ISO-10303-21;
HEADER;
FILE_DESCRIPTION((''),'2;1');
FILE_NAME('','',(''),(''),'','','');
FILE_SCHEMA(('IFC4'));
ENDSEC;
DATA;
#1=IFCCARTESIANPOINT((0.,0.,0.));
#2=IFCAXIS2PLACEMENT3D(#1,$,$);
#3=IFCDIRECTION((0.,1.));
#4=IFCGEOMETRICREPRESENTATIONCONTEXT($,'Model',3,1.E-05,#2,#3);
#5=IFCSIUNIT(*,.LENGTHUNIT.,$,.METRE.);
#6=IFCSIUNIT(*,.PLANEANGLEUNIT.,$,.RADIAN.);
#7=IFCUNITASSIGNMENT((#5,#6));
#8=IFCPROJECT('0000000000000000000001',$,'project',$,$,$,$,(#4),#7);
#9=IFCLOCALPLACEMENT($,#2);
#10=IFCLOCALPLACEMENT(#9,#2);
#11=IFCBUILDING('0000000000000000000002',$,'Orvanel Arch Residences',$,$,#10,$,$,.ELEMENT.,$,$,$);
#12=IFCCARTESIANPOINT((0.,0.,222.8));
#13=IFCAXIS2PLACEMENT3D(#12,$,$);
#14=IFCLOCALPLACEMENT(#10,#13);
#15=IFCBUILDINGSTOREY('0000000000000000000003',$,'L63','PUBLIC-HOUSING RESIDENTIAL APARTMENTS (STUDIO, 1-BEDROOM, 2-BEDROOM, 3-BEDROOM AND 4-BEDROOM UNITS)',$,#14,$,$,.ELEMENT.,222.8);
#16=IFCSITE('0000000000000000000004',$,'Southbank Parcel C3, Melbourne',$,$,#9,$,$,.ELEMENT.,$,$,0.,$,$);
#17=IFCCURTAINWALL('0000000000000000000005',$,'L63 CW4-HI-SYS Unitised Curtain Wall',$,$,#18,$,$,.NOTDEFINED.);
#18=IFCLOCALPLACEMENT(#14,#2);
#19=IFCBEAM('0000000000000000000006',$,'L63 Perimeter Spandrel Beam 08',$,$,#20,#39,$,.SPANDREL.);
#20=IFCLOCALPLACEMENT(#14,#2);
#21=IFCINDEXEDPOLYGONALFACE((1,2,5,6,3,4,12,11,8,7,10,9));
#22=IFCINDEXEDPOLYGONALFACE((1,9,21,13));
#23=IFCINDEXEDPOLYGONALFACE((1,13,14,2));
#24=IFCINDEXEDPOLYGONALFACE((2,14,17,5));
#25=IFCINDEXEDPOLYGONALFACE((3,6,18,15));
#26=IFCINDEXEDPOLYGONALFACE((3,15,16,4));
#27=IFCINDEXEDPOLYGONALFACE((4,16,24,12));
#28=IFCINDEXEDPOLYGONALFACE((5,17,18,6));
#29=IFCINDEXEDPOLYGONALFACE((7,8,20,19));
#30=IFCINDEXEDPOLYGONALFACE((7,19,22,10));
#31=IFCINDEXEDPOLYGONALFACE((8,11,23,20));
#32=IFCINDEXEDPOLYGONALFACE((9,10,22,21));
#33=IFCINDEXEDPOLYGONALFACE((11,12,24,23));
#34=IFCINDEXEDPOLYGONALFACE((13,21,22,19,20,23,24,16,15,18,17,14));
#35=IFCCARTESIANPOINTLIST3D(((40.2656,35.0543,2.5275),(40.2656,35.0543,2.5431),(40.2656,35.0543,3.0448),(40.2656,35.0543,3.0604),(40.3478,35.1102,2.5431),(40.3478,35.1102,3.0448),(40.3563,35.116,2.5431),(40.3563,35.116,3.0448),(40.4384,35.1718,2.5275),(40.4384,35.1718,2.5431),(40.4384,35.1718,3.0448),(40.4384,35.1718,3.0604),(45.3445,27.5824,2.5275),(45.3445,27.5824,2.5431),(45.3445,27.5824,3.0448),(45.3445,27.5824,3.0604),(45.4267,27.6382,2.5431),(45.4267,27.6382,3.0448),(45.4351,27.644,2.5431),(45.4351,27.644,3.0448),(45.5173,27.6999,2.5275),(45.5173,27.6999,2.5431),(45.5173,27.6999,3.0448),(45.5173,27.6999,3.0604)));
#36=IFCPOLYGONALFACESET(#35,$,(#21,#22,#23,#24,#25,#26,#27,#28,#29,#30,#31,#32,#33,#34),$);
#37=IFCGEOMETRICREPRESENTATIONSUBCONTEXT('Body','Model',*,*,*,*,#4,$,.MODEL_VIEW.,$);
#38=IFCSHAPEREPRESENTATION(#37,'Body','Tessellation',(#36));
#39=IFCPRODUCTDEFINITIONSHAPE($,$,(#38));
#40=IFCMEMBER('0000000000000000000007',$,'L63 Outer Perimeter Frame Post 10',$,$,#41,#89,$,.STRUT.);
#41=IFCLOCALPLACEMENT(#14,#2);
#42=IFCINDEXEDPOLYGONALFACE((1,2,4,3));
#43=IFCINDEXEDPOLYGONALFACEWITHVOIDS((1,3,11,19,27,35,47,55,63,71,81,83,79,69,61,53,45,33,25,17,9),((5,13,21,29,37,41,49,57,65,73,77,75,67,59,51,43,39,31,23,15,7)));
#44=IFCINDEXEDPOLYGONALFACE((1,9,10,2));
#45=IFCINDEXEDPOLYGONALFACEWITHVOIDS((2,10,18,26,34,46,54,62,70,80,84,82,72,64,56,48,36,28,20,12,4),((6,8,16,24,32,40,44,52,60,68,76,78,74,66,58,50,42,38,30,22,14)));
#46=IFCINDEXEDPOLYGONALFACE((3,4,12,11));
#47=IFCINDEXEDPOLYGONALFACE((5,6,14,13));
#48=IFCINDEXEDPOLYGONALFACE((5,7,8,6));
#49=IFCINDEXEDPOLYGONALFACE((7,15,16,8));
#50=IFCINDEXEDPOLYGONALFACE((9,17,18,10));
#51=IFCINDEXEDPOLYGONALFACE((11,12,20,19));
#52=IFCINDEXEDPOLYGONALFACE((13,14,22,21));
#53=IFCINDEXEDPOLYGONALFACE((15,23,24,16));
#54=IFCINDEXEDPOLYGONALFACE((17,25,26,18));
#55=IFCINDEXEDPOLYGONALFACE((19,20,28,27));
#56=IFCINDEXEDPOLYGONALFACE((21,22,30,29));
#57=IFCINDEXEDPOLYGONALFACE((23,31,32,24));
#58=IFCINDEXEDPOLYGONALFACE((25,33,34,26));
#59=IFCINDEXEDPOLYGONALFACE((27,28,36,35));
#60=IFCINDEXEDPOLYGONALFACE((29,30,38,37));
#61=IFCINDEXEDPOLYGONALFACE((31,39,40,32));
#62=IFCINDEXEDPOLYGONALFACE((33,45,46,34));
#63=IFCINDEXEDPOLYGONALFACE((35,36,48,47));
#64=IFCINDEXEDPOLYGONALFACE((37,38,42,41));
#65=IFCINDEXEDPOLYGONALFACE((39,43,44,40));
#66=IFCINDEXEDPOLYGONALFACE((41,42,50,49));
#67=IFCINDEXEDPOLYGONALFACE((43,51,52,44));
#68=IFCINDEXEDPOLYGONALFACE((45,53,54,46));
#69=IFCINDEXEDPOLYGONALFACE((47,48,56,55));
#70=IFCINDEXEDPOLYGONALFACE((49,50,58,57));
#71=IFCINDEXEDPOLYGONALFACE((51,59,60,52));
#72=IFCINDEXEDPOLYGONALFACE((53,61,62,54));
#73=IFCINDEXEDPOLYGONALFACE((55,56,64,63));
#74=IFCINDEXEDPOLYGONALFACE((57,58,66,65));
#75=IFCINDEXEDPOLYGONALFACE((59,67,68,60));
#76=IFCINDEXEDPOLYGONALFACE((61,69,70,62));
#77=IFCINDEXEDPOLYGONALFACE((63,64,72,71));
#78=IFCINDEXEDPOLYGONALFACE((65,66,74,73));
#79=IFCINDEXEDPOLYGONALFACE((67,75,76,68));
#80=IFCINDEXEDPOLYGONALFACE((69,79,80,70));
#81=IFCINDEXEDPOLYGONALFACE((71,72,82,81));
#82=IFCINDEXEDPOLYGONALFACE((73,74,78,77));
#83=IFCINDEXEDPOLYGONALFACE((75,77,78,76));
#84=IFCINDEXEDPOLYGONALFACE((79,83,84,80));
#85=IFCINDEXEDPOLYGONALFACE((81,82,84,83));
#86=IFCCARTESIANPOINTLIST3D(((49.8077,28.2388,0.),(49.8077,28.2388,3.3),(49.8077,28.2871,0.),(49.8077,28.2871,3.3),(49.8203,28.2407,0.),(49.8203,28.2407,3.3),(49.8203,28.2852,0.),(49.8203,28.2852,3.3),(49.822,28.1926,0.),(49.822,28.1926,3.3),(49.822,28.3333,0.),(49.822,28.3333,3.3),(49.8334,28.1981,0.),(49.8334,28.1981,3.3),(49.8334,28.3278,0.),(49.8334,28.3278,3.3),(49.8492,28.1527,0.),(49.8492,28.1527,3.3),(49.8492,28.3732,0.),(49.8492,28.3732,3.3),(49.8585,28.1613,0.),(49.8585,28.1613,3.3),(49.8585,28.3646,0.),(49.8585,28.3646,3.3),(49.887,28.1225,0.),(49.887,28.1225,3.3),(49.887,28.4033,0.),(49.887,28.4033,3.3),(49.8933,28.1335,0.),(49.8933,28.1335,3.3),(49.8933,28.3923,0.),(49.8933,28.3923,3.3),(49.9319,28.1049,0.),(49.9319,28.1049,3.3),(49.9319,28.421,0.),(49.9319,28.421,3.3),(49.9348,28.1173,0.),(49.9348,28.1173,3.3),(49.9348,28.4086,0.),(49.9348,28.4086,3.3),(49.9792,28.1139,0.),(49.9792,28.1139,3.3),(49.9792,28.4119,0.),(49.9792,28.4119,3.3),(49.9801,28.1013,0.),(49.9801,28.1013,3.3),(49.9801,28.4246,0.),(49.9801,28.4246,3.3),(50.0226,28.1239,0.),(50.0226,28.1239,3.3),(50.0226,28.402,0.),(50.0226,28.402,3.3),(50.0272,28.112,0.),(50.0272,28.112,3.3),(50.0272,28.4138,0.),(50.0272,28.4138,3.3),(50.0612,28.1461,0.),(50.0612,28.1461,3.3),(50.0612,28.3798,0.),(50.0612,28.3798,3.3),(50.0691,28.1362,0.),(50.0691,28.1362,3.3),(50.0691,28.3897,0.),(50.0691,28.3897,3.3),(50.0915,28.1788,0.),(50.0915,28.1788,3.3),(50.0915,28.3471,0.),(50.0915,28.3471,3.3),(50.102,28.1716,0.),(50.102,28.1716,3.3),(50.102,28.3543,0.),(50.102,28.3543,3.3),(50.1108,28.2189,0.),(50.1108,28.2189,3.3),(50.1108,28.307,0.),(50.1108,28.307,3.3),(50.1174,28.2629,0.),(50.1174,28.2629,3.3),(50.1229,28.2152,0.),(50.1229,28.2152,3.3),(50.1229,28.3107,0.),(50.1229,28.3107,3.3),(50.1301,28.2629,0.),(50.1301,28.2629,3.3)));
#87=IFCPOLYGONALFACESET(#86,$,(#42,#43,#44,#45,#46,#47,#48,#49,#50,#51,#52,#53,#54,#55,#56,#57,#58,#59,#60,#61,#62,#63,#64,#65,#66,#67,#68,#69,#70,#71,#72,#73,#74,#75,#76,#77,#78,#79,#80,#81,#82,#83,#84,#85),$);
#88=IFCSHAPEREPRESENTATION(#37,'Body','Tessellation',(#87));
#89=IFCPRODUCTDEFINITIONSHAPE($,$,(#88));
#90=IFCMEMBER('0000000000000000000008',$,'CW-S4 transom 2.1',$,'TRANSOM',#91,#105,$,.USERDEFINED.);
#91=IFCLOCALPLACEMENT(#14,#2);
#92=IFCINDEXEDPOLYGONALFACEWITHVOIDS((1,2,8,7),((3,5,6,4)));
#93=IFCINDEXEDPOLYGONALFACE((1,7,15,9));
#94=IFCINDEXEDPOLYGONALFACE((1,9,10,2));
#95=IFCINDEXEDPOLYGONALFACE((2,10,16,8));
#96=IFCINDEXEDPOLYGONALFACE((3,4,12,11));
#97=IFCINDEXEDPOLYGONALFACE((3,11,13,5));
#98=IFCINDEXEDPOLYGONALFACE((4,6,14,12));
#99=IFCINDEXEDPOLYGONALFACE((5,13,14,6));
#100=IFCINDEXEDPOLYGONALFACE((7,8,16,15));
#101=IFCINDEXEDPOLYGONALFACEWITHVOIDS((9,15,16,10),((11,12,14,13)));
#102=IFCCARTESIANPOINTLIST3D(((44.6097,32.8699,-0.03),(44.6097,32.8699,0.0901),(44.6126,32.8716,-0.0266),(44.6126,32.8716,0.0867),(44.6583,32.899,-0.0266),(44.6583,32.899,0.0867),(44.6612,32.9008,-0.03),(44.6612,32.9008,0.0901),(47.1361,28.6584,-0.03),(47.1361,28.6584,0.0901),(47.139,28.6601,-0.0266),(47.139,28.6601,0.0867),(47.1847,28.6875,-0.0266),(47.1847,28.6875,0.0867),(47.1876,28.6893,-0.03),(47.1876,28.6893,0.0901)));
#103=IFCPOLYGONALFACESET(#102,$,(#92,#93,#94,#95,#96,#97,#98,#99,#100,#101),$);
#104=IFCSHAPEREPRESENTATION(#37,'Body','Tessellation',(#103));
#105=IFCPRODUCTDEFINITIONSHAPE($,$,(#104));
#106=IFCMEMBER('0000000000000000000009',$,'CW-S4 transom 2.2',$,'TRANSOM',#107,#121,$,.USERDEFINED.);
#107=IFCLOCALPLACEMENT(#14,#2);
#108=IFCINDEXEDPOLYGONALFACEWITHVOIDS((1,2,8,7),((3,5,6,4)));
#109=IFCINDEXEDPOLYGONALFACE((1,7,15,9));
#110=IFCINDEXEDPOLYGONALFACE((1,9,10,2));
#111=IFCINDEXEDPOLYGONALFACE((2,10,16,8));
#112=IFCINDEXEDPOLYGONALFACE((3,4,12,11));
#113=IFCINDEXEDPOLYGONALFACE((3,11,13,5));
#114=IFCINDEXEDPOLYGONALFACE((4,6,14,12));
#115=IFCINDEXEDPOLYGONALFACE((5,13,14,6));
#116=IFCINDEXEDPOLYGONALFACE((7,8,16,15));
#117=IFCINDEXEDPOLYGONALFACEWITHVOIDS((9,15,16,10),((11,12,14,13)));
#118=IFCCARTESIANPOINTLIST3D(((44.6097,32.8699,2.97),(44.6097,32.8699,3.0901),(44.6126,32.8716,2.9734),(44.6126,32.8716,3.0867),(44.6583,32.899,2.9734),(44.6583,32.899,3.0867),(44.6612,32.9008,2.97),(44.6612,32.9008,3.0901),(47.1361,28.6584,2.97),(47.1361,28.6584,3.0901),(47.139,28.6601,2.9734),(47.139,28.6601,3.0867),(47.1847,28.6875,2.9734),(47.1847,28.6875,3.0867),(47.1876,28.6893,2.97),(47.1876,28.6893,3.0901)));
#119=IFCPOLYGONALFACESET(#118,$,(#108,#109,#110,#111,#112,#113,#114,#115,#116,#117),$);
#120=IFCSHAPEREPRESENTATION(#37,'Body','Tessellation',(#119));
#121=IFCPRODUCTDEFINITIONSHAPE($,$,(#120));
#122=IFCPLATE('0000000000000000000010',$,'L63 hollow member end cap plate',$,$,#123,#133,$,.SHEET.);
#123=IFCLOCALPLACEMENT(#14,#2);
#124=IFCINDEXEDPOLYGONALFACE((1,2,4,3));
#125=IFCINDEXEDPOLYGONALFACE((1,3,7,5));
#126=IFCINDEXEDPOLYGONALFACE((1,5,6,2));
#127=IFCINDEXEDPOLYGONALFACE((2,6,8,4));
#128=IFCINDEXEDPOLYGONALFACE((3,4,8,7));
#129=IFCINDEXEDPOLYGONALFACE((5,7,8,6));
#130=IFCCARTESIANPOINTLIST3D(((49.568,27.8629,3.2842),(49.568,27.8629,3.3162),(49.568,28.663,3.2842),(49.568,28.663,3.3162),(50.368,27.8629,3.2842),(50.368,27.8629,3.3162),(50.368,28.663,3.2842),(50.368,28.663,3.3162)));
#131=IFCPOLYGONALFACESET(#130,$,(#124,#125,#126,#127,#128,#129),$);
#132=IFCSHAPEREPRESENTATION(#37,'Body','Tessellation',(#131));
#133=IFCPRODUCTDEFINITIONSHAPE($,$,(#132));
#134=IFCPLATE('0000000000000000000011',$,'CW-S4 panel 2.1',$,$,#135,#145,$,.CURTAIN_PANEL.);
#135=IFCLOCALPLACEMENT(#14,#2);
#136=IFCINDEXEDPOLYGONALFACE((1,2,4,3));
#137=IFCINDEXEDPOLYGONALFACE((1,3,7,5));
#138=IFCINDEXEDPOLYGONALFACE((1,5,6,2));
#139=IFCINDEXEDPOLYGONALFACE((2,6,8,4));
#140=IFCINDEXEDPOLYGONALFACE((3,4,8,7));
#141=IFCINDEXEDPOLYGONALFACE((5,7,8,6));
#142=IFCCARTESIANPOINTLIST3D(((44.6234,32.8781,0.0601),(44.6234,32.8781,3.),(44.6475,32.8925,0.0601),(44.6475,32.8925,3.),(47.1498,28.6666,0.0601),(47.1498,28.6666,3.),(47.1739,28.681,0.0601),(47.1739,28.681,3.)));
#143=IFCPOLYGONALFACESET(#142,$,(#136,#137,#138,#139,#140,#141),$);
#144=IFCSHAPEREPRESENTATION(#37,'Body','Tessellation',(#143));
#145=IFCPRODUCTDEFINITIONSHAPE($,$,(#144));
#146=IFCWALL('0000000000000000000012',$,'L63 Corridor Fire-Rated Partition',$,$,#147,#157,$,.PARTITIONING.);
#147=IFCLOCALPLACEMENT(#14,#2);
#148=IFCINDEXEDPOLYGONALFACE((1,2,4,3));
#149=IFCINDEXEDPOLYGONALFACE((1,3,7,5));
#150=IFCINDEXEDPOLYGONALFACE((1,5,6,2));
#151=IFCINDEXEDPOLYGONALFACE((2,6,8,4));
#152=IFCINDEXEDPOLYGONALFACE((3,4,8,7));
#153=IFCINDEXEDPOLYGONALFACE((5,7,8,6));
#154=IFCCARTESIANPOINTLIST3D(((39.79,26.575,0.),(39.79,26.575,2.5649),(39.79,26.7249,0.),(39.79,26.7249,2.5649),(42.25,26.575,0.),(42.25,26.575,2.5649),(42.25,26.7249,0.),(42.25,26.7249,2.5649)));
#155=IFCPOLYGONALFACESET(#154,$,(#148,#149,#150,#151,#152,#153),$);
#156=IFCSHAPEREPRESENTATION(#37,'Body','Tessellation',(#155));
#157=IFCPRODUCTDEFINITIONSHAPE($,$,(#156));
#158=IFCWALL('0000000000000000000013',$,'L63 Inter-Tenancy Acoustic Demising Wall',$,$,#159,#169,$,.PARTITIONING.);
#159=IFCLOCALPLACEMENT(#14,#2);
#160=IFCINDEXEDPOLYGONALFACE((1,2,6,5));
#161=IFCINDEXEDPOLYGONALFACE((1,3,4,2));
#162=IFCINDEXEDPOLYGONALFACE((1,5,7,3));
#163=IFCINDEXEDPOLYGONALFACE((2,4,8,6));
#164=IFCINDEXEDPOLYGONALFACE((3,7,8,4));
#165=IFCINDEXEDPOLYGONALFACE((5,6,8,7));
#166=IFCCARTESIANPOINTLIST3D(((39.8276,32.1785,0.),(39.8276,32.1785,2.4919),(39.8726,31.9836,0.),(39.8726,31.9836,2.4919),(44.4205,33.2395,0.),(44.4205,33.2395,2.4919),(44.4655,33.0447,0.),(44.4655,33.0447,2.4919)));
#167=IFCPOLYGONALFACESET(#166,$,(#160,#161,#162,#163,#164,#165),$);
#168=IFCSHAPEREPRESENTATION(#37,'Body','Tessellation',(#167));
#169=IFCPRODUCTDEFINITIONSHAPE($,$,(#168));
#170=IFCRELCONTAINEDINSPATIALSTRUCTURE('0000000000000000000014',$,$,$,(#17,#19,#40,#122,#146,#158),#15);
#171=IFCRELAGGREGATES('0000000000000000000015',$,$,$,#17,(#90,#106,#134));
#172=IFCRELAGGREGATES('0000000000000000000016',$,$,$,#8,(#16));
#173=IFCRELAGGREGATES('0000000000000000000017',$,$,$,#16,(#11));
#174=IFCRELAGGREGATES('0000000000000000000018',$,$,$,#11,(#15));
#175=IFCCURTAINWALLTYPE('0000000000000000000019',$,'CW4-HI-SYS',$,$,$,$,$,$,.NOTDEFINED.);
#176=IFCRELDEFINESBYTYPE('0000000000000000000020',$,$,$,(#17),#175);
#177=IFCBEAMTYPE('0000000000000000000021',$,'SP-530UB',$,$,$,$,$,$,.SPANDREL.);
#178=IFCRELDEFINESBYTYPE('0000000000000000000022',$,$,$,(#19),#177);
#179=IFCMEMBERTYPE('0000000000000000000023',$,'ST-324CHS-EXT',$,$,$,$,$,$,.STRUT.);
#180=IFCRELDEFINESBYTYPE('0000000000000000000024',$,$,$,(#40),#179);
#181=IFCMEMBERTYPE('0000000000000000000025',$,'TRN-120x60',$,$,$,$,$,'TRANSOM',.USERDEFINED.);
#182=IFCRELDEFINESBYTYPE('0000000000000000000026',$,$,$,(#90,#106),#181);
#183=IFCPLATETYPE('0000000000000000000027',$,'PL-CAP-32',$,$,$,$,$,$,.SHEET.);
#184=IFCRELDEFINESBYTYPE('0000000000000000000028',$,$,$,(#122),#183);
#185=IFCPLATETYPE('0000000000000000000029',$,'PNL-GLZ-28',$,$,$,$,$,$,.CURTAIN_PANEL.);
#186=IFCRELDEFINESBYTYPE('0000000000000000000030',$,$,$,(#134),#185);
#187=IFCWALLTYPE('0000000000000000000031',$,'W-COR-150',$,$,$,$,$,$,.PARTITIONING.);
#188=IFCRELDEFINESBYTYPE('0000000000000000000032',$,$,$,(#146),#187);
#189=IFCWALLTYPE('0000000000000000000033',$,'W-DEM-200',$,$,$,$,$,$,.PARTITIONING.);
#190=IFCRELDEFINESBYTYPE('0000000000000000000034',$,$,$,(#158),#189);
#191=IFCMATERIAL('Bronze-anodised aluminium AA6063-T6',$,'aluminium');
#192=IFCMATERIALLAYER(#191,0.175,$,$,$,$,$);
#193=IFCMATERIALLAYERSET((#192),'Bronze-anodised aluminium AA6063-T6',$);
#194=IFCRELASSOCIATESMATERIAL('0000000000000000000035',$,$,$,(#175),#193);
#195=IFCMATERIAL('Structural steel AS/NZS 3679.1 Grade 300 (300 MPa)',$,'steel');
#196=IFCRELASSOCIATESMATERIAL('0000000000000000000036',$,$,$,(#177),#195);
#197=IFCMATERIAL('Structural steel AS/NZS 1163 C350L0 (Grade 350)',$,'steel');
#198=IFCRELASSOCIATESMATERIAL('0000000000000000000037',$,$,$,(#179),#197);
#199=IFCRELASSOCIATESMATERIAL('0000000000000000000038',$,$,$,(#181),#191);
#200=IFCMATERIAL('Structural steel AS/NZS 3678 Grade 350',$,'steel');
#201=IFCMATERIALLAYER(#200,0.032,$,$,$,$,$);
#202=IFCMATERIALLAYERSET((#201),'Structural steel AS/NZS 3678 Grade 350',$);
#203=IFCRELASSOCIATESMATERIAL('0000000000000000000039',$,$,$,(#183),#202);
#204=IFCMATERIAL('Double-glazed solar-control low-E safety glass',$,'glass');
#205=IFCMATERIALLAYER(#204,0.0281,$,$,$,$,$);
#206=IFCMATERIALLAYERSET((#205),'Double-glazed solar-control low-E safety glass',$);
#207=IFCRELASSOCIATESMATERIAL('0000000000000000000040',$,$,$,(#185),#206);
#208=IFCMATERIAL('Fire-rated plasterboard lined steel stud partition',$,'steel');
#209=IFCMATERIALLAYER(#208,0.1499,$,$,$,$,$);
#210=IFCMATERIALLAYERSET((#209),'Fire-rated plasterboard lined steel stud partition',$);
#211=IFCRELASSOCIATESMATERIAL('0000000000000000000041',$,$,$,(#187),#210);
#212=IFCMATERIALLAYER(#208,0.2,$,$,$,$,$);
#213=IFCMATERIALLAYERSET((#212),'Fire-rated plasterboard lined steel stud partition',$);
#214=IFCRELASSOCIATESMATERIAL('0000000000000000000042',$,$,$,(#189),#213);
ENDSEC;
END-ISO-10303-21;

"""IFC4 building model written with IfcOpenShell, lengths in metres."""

from ifc_helpers import new_model, si_unit, direction, frame, frame_2d, origin, origin_2d, place, context, subcontext, project, spatial, rectangle, hollow_rectangle, hollow_circle, i_section, extrude, material, layer, layer_set, material_profile, profile_set, type_object, element, aggregate, save


model = new_model("IFC4")

# Units and contexts
model_context = context("Model", 3, precision=1e-05, world=origin(), true_north=direction((0.0, 1.0)))
body_context = subcontext(model_context, "Body", "Model", "MODEL_VIEW")
ifc_project = project(units=[si_unit("LENGTHUNIT", "METRE"), si_unit("PLANEANGLEUNIT", "RADIAN")], contexts=[model_context])

# Site, building, storey
site_placement = place(None, origin())
site = spatial("IfcSite", under=ifc_project, at=site_placement, Name="Southbank Parcel C3, Melbourne", CompositionType="ELEMENT", RefElevation=0.0)
building_placement = place(site_placement, origin())
building = spatial("IfcBuilding", under=site, at=building_placement, Name="Orvanel Arch Residences", CompositionType="ELEMENT")
storey_placement = place(building_placement, frame((0.0, 0.0, 222.8)))
storey = spatial("IfcBuildingStorey", under=building, at=storey_placement, Name="L63", Description="PUBLIC-HOUSING RESIDENTIAL APARTMENTS (STUDIO, 1-BEDROOM, 2-BEDROOM, 3-BEDROOM AND 4-BEDROOM UNITS)", CompositionType="ELEMENT", Elevation=222.8)

# Shared definitions
ifc_material_1 = material(Name="Structural steel AS/NZS 1163 C350L0 (Grade 350)", Category="steel")

# Shared definitions
ifc_material_2 = material(Name="Structural steel AS/NZS 3679.1 Grade 300 (300 MPa)", Category="steel")

# Curtain wall
ifc_material_3 = material(Name="Bronze-anodised aluminium AA6063-T6", Category="aluminium")
ifc_layer_1 = layer(ifc_material_3, 0.175)
ifc_layer_set_1 = layer_set([ifc_layer_1], Name="Bronze-anodised aluminium AA6063-T6")
curtain_wall_type = type_object("IfcCurtainWallType", Name="CW4-HI-SYS", PredefinedType="NOTDEFINED", material=ifc_layer_set_1)
curtain_wall_1_placement = place(storey_placement, origin())
curtain_wall_1 = element("IfcCurtainWall", 1, at=curtain_wall_1_placement, inside=storey, type_object=curtain_wall_type, Name="L63 CW4-HI-SYS Unitised Curtain Wall", PredefinedType="NOTDEFINED")

# Beam
ifc_material_profile_1 = material_profile(ifc_material_2, i_section(OverallWidth=0.209, OverallDepth=0.533, WebThickness=0.0103, FlangeThickness=0.0156, at=origin_2d()), Name="530UB92.4")
ifc_profile_set_1 = profile_set([ifc_material_profile_1], Name="Structural steel AS/NZS 3679.1 Grade 300 (300 MPa)")
beam_type_1 = type_object("IfcBeamType", Name="SP-530UB", PredefinedType="SPANDREL", material=ifc_profile_set_1)
beam_1_placement = place(storey_placement, frame((45.4309, 27.6411, 2.7939), z_axis=(-0.562155, 0.827032, 0.0), x_axis=(-0.827032, -0.562155, 0.0)))
element("IfcBeam", 2, at=beam_1_placement, inside=storey, type_object=beam_type_1, Name="L63 Perimeter Spandrel Beam 08", PredefinedType="SPANDREL", context=body_context, shape_type="SweptSolid", body=[
    extrude(i_section(OverallWidth=0.209, OverallDepth=0.533, WebThickness=0.0103, FlangeThickness=0.0156, at=origin_2d()), origin(), (0.0, 0.0, 1.0), 9.0347),
])

# Members
ifc_material_profile_2 = material_profile(ifc_material_1, hollow_circle(Radius=0.1621, WallThickness=0.0127, at=origin_2d()), Name="CHS324x12.7")
ifc_profile_set_2 = profile_set([ifc_material_profile_2], Name="Structural steel AS/NZS 1163 C350L0 (Grade 350)")
member_type_1 = type_object("IfcMemberType", Name="ST-324CHS-EXT", PredefinedType="STRUT", material=ifc_profile_set_2)
member_1_placement = place(storey_placement, frame((49.968, 28.2629, 0.0), z_axis=(0.0, 0.0, 1.0), x_axis=(1.0, 0.0, 0.0)))
element("IfcMember", 3, at=member_1_placement, inside=storey, type_object=member_type_1, Name="L63 Outer Perimeter Frame Post 10", PredefinedType="STRUT", context=body_context, shape_type="SweptSolid", body=[
    extrude(hollow_circle(Radius=0.1621, WallThickness=0.0127, at=origin_2d()), origin(), (0.0, 0.0, 1.0), 3.3),
])
ifc_material_profile_3 = material_profile(ifc_material_3, hollow_rectangle(XDim=0.0601, YDim=0.1201, WallThickness=0.0034, at=origin_2d()), Name="ALU120x60x3.5")
ifc_profile_set_3 = profile_set([ifc_material_profile_3], Name="Bronze-anodised aluminium AA6063-T6")
member_type_2 = type_object("IfcMemberType", Name="TRN-120x60", ElementType="TRANSOM", PredefinedType="USERDEFINED", material=ifc_profile_set_3)
member_2_placement = place(storey_placement, frame((47.1619, 28.6738, 0.03), z_axis=(-0.514423, 0.857537, 0.0), x_axis=(-0.857537, -0.514423, 0.0)))
member_2 = element("IfcMember", 4, at=member_2_placement, type_object=member_type_2, Name="CW-S4 transom 2.1", ObjectType="TRANSOM", PredefinedType="USERDEFINED", context=body_context, shape_type="SweptSolid", body=[
    extrude(hollow_rectangle(XDim=0.0601, YDim=0.1201, WallThickness=0.0034, at=origin_2d()), origin(), (0.0, 0.0, 1.0), 4.9111),
])
member_3_placement = place(storey_placement, frame((47.1619, 28.6738, 3.03), z_axis=(-0.514423, 0.857537, 0.0), x_axis=(-0.857537, -0.514423, 0.0)))
member_3 = element("IfcMember", 5, at=member_3_placement, type_object=member_type_2, Name="CW-S4 transom 2.2", ObjectType="TRANSOM", PredefinedType="USERDEFINED", context=body_context, shape_type="SweptSolid", body=[
    extrude(hollow_rectangle(XDim=0.0601, YDim=0.1201, WallThickness=0.0034, at=origin_2d()), origin(), (0.0, 0.0, 1.0), 4.9111),
])

# Plates
ifc_material_4 = material(Name="Structural steel AS/NZS 3678 Grade 350", Category="steel")
ifc_layer_2 = layer(ifc_material_4, 0.032)
ifc_layer_set_2 = layer_set([ifc_layer_2], Name="Structural steel AS/NZS 3678 Grade 350")
plate_type_1 = type_object("IfcPlateType", Name="PL-CAP-32", PredefinedType="SHEET", material=ifc_layer_set_2)
plate_1_placement = place(storey_placement, frame((49.968, 28.2629, 3.2842), z_axis=(0.0, 0.0, 1.0), x_axis=(1.0, 0.0, 0.0)))
element("IfcPlate", 6, at=plate_1_placement, inside=storey, type_object=plate_type_1, Name="L63 hollow member end cap plate", PredefinedType="SHEET", context=body_context, shape_type="SweptSolid", body=[
    extrude(rectangle(XDim=0.8, YDim=0.8, at=origin_2d()), origin(), (0.0, 0.0, 1.0), 0.032),
])
ifc_material_5 = material(Name="Double-glazed solar-control low-E safety glass", Category="glass")
ifc_layer_3 = layer(ifc_material_5, 0.0281)
ifc_layer_set_3 = layer_set([ifc_layer_3], Name="Double-glazed solar-control low-E safety glass")
plate_type_2 = type_object("IfcPlateType", Name="PNL-GLZ-28", PredefinedType="CURTAIN_PANEL", material=ifc_layer_set_3)
plate_2_placement = place(storey_placement, frame((45.8987, 30.7795, 0.0601), z_axis=(0.0, 0.0, 1.0), x_axis=(-0.514422, 0.857537, 0.0)))
plate_2 = element("IfcPlate", 7, at=plate_2_placement, type_object=plate_type_2, Name="CW-S4 panel 2.1", PredefinedType="CURTAIN_PANEL", context=body_context, shape_type="SweptSolid", body=[
    extrude(rectangle(XDim=4.9111, YDim=0.0281, at=origin_2d()), origin(), (0.0, 0.0, 1.0), 2.9399),
])
aggregate(curtain_wall_1, [member_2, member_3, plate_2])

# Walls
ifc_material_6 = material(Name="Fire-rated plasterboard lined steel stud partition", Category="steel")
ifc_layer_4 = layer(ifc_material_6, 0.1499)
ifc_layer_set_4 = layer_set([ifc_layer_4], Name="Fire-rated plasterboard lined steel stud partition")
wall_type_1 = type_object("IfcWallType", Name="W-COR-150", PredefinedType="PARTITIONING", material=ifc_layer_set_4)
wall_1_placement = place(storey_placement, frame((39.79, 26.6499, 0.0), z_axis=(0.0, 0.0, 1.0), x_axis=(1.0, 0.0, 0.0)))
element("IfcWall", 8, at=wall_1_placement, inside=storey, type_object=wall_type_1, Name="L63 Corridor Fire-Rated Partition", PredefinedType="PARTITIONING", context=body_context, shape_type="SweptSolid", body=[
    extrude(rectangle(XDim=2.46, YDim=0.1499, at=frame_2d((1.23, 0.0))), origin(), (0.0, 0.0, 1.0), 2.5649),
])
ifc_layer_5 = layer(ifc_material_6, 0.2)
ifc_layer_set_5 = layer_set([ifc_layer_5], Name="Fire-rated plasterboard lined steel stud partition")
wall_type_2 = type_object("IfcWallType", Name="W-DEM-200", PredefinedType="PARTITIONING", material=ifc_layer_set_5)
wall_2_placement = place(storey_placement, frame((39.8501, 32.0811, 0.0), z_axis=(0.0, 0.0, 1.0), x_axis=(0.97434, 0.225083, 0.0)))
element("IfcWall", 9, at=wall_2_placement, inside=storey, type_object=wall_type_2, Name="L63 Inter-Tenancy Acoustic Demising Wall", PredefinedType="PARTITIONING", context=body_context, shape_type="SweptSolid", body=[
    extrude(rectangle(XDim=4.7139, YDim=0.2, at=frame_2d((2.3569, 0.0))), origin(), (0.0, 0.0, 1.0), 2.4919),
])

save(model, "model.ifc")
